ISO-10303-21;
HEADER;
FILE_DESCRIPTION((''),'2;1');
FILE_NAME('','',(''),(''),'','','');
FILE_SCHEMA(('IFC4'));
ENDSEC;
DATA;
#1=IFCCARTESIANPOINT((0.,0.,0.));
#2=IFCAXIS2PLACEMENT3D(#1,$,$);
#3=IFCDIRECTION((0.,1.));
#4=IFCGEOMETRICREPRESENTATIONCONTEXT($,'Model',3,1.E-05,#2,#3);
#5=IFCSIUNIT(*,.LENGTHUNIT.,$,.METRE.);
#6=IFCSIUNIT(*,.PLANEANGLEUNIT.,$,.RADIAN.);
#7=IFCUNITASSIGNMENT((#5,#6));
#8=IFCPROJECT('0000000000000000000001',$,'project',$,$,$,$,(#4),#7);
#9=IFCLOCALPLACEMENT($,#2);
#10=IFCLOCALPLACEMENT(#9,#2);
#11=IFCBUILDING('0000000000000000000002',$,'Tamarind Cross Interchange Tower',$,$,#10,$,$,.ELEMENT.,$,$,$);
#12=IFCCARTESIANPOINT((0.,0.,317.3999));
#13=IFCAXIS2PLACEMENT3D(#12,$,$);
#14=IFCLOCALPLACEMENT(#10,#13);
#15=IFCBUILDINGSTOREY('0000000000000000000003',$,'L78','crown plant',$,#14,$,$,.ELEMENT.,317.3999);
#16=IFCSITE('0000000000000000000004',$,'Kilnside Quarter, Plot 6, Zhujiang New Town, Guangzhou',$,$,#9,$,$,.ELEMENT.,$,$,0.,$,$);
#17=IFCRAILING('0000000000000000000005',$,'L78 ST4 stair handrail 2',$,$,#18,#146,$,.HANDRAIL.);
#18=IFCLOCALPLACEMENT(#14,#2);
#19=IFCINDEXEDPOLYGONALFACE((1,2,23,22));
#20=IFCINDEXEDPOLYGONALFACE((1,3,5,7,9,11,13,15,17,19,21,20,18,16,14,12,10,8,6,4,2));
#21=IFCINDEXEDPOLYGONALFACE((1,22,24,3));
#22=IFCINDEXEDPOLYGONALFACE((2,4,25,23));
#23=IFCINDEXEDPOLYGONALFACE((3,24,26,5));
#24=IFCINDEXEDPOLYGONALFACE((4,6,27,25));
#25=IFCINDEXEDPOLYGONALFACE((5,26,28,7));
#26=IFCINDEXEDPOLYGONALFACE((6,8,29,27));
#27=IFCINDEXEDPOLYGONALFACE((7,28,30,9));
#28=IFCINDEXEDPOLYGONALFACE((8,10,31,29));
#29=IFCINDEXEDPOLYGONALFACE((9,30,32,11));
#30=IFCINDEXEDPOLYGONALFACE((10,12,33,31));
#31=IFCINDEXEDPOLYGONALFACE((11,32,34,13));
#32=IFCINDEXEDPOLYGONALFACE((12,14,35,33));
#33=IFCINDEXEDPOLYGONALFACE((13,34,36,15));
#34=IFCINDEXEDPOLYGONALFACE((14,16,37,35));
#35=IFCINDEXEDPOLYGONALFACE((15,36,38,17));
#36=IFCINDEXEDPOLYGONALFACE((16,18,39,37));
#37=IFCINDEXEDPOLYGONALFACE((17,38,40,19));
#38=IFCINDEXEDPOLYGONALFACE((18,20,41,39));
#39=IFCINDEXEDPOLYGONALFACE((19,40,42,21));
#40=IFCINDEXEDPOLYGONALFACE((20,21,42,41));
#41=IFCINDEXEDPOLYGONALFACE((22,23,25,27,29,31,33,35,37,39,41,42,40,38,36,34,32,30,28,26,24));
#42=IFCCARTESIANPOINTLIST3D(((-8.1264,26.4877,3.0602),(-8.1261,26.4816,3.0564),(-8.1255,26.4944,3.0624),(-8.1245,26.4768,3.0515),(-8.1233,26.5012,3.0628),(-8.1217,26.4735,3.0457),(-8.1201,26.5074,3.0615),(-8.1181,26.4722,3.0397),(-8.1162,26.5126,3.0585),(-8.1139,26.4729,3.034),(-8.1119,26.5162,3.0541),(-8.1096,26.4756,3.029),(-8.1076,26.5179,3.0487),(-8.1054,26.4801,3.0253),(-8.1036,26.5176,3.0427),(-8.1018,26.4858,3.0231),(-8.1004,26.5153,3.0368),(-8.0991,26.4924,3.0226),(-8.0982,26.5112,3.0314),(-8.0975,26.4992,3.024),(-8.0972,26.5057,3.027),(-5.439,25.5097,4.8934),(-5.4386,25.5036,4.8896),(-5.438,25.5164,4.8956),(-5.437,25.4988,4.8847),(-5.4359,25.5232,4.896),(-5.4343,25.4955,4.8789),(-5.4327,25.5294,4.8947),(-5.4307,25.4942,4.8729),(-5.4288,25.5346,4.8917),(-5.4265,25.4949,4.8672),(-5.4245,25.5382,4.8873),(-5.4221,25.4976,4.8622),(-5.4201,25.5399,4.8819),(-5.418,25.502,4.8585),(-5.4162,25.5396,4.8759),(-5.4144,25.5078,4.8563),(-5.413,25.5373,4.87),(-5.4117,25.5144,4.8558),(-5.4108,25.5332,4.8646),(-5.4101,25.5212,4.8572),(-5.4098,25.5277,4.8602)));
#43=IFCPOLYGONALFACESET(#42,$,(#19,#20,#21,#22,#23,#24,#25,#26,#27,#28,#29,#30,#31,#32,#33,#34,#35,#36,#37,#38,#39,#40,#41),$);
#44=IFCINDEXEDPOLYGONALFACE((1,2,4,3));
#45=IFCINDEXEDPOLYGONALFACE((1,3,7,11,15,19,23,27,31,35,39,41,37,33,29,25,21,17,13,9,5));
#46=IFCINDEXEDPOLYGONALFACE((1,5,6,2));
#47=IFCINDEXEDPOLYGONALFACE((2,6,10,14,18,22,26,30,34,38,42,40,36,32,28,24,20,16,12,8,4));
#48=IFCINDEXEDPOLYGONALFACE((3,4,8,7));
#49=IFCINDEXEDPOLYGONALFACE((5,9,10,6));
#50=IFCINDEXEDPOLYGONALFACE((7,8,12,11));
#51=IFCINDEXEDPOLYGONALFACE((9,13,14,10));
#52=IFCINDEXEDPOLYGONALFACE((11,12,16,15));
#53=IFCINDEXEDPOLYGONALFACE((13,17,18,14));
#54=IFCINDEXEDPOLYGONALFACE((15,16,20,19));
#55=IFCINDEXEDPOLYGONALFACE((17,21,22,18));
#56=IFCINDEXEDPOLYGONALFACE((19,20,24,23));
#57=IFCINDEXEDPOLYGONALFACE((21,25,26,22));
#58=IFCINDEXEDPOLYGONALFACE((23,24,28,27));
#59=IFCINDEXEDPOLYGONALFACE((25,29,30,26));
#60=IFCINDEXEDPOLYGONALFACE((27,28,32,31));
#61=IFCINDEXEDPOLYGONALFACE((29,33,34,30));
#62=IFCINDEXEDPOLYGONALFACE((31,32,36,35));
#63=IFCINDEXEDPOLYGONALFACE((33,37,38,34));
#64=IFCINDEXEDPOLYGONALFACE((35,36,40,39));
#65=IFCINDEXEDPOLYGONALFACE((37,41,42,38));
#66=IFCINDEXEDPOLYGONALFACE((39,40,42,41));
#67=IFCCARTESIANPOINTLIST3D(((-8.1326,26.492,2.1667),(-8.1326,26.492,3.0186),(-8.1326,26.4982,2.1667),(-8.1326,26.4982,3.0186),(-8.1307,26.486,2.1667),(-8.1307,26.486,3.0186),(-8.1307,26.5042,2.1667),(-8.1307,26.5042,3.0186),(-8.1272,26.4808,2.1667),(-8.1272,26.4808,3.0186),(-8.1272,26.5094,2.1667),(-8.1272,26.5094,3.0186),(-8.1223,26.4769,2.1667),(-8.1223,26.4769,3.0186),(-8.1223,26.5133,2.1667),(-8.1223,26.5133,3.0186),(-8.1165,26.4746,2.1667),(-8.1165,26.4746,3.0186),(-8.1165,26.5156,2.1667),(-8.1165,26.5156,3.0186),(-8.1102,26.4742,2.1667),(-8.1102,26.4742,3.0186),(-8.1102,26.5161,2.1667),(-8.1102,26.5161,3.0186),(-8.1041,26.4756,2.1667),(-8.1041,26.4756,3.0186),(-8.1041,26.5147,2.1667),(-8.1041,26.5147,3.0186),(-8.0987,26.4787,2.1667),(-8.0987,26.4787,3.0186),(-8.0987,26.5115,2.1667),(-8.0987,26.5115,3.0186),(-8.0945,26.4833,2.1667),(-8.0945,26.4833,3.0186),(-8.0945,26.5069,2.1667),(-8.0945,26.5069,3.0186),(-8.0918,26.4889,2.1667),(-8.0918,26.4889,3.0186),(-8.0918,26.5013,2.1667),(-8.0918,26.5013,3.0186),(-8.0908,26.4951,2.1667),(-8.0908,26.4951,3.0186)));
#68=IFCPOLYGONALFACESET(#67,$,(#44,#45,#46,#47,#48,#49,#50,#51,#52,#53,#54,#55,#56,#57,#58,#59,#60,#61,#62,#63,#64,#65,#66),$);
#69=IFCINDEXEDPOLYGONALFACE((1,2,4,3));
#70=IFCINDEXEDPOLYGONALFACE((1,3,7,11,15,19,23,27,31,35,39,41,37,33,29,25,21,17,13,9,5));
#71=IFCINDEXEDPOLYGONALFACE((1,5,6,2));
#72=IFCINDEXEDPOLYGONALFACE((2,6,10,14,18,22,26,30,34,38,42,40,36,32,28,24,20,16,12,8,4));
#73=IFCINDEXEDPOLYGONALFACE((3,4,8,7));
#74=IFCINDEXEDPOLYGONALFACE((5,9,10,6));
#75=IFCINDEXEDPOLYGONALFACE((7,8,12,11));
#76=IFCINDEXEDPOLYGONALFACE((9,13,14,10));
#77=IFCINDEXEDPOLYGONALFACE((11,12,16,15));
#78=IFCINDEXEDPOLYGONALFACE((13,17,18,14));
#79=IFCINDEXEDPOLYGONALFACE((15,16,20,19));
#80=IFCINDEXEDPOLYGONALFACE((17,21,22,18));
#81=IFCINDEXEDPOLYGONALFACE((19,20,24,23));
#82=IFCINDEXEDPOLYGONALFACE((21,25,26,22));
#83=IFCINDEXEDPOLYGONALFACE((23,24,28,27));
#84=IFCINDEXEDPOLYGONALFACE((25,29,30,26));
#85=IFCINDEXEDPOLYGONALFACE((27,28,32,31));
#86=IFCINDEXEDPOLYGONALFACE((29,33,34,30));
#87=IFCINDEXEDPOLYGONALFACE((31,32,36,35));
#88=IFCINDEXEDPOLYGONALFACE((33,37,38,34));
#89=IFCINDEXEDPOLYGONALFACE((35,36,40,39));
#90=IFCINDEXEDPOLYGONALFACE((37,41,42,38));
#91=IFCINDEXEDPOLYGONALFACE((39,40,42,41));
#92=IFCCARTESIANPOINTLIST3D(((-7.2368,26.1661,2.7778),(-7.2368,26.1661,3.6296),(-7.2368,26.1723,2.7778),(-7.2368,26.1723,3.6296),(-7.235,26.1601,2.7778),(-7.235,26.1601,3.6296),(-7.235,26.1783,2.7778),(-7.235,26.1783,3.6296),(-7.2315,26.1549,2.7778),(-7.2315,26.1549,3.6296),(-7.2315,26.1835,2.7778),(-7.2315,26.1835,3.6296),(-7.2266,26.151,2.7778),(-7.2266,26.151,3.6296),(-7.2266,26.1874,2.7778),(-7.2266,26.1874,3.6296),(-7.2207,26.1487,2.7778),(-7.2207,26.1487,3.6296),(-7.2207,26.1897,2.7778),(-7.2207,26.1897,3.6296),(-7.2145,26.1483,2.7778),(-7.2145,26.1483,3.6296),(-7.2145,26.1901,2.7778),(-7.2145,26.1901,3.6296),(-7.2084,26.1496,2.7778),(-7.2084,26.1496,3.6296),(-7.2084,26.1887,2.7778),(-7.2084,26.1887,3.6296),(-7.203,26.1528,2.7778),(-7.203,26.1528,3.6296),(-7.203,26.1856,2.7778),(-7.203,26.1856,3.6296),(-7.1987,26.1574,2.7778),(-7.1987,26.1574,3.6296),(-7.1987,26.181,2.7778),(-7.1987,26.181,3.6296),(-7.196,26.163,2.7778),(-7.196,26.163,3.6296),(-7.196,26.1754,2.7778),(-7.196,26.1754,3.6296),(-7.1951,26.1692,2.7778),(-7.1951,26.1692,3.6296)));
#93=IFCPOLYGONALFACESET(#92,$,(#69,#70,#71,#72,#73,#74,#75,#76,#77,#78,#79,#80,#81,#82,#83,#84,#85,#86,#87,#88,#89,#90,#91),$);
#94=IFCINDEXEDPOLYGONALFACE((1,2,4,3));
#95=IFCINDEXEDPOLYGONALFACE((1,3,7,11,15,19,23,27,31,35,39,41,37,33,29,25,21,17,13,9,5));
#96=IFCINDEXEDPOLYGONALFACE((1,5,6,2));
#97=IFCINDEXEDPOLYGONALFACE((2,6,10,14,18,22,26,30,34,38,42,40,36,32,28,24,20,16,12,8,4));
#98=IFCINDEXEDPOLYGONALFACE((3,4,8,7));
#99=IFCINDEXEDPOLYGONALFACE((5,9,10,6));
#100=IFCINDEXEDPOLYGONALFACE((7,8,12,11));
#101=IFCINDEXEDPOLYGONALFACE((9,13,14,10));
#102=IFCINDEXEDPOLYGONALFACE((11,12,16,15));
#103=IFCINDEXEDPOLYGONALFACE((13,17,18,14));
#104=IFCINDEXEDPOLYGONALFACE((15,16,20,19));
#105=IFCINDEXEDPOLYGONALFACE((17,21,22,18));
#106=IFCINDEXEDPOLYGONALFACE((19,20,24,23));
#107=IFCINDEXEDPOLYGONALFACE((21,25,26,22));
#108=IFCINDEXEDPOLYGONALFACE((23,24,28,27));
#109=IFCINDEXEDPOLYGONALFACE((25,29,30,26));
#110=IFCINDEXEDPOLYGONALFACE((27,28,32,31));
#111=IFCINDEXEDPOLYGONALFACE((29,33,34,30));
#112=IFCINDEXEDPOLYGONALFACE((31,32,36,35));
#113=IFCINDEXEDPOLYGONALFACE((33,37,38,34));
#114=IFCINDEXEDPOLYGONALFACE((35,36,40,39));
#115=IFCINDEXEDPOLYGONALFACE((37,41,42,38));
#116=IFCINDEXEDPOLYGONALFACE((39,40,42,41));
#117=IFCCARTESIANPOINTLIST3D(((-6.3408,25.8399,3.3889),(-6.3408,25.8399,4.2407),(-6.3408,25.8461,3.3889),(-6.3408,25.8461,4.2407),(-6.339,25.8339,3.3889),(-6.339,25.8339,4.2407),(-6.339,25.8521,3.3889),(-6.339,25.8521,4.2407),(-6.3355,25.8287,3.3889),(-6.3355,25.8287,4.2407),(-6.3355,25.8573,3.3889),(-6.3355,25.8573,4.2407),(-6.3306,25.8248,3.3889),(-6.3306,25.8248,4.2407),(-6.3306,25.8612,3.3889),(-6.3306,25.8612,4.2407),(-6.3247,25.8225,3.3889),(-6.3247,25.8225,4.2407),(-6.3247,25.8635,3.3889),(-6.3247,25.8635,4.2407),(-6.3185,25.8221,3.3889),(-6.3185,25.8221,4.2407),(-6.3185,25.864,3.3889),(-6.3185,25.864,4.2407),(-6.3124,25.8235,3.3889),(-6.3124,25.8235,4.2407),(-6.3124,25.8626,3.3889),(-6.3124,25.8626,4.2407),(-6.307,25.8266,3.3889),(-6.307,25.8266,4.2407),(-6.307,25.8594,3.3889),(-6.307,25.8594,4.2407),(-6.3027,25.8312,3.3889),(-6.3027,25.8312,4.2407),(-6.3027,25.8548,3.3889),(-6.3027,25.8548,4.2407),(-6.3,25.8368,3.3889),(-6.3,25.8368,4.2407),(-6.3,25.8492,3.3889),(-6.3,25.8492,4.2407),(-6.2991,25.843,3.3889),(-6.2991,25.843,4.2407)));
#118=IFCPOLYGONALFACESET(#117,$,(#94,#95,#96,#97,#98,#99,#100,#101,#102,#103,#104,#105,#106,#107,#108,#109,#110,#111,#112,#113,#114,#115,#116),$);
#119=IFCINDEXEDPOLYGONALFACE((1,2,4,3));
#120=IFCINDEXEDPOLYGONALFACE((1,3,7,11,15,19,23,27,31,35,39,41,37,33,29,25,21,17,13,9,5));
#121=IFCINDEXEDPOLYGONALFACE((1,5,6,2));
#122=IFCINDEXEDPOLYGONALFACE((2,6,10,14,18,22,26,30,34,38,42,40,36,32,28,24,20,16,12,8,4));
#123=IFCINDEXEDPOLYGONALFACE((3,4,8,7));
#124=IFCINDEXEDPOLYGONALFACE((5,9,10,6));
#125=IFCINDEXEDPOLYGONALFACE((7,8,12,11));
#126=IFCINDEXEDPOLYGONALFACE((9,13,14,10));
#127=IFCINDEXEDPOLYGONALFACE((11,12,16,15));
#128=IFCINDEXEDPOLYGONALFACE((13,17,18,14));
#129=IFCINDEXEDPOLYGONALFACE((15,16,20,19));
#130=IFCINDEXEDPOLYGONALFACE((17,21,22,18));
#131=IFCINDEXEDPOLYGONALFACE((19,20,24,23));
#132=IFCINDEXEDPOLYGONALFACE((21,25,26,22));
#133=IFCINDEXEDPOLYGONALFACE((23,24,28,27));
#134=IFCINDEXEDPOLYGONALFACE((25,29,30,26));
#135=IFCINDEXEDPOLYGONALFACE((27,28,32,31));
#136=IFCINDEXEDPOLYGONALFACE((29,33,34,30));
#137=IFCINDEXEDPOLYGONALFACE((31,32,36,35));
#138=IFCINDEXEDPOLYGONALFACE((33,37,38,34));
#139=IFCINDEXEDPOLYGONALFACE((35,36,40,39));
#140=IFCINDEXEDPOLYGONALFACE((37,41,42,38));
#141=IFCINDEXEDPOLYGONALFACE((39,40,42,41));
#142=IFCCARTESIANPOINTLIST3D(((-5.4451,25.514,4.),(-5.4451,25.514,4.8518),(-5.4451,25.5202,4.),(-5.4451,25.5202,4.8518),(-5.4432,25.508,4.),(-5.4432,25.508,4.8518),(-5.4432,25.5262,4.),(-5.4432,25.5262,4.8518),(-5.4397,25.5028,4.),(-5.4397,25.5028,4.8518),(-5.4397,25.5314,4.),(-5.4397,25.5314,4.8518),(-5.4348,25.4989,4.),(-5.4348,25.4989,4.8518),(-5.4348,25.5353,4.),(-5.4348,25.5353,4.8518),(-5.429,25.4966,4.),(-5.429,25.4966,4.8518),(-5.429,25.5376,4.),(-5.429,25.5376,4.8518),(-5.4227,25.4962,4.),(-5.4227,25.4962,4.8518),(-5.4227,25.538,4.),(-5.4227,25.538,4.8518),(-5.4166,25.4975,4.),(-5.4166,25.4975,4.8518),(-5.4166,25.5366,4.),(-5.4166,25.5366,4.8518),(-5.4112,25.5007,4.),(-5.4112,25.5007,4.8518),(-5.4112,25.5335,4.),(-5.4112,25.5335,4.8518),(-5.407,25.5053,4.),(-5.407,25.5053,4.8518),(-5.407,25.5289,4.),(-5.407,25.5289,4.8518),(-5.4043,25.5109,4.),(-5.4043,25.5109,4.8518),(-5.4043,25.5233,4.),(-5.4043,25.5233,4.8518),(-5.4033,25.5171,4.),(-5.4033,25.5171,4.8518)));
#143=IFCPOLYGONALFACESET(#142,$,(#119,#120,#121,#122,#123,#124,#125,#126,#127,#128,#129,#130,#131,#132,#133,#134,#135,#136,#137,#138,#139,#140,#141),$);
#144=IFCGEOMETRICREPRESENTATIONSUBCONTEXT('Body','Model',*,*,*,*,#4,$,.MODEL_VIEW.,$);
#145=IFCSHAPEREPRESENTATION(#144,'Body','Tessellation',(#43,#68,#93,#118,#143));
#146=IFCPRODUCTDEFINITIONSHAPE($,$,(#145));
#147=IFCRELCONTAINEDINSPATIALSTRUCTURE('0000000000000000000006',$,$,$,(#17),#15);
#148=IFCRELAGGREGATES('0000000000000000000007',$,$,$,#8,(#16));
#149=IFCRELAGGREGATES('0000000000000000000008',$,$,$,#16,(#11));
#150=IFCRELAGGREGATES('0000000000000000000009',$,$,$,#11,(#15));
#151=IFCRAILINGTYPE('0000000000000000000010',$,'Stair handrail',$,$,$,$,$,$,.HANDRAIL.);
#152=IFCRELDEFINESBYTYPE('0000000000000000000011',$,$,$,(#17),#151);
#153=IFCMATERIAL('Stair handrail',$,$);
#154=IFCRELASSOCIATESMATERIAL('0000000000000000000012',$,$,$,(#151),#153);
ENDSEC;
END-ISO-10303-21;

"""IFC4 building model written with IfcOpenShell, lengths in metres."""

from ifc_helpers import new_model, si_unit, direction, frame, origin, origin_2d, place, context, subcontext, project, spatial, circle, extrude, material, type_object, element, save


model = new_model("IFC4")

# Units and contexts
model_context = context("Model", 3, precision=1e-05, world=origin(), true_north=direction((0.0, 1.0)))
body_context = subcontext(model_context, "Body", "Model", "MODEL_VIEW")
ifc_project = project(units=[si_unit("LENGTHUNIT", "METRE"), si_unit("PLANEANGLEUNIT", "RADIAN")], contexts=[model_context])

# Site, building, storey
site_placement = place(None, origin())
site = spatial("IfcSite", under=ifc_project, at=site_placement, Name="Kilnside Quarter, Plot 6, Zhujiang New Town, Guangzhou", CompositionType="ELEMENT", RefElevation=0.0)
building_placement = place(site_placement, origin())
building = spatial("IfcBuilding", under=site, at=building_placement, Name="Tamarind Cross Interchange Tower", CompositionType="ELEMENT")
storey_placement = place(building_placement, frame((0.0, 0.0, 317.3999)))
storey = spatial("IfcBuildingStorey", under=building, at=storey_placement, Name="L78", Description="crown plant", CompositionType="ELEMENT", Elevation=317.3999)

# Railing
ifc_material_1 = material(Name="Stair handrail")
railing_type_1 = type_object("IfcRailingType", Name="Stair handrail", PredefinedType="HANDRAIL", material=ifc_material_1)
railing_1_placement = place(storey_placement, frame((-8.1118, 26.4951, 2.1667)))
element("IfcRailing", 1, at=railing_1_placement, inside=storey, type_object=railing_type_1, Name="L78 ST4 stair handrail 2", PredefinedType="HANDRAIL", context=body_context, shape_type="SweptSolid", body=[
    extrude(circle(Radius=0.0239, at=origin_2d()), frame((0.0, 0.0, 0.876), z_axis=(0.791126, -0.287904, 0.539659), x_axis=(0.341976, 0.939709, 0.0)), (0.0, 0.0, 1.0), 3.397),
    extrude(circle(Radius=0.021, at=origin_2d()), origin(), (0.0, 0.0, 1.0), 0.8518),
    extrude(circle(Radius=0.021, at=origin_2d()), frame((0.8958, -0.3259, 0.6111)), (0.0, 0.0, 1.0), 0.8518),
    extrude(circle(Radius=0.021, at=origin_2d()), frame((1.7917, -0.6521, 1.2222)), (0.0, 0.0, 1.0), 0.8518),
    extrude(circle(Radius=0.021, at=origin_2d()), frame((2.6875, -0.978, 1.8333)), (0.0, 0.0, 1.0), 0.8518),
])

save(model, "model.ifc")
